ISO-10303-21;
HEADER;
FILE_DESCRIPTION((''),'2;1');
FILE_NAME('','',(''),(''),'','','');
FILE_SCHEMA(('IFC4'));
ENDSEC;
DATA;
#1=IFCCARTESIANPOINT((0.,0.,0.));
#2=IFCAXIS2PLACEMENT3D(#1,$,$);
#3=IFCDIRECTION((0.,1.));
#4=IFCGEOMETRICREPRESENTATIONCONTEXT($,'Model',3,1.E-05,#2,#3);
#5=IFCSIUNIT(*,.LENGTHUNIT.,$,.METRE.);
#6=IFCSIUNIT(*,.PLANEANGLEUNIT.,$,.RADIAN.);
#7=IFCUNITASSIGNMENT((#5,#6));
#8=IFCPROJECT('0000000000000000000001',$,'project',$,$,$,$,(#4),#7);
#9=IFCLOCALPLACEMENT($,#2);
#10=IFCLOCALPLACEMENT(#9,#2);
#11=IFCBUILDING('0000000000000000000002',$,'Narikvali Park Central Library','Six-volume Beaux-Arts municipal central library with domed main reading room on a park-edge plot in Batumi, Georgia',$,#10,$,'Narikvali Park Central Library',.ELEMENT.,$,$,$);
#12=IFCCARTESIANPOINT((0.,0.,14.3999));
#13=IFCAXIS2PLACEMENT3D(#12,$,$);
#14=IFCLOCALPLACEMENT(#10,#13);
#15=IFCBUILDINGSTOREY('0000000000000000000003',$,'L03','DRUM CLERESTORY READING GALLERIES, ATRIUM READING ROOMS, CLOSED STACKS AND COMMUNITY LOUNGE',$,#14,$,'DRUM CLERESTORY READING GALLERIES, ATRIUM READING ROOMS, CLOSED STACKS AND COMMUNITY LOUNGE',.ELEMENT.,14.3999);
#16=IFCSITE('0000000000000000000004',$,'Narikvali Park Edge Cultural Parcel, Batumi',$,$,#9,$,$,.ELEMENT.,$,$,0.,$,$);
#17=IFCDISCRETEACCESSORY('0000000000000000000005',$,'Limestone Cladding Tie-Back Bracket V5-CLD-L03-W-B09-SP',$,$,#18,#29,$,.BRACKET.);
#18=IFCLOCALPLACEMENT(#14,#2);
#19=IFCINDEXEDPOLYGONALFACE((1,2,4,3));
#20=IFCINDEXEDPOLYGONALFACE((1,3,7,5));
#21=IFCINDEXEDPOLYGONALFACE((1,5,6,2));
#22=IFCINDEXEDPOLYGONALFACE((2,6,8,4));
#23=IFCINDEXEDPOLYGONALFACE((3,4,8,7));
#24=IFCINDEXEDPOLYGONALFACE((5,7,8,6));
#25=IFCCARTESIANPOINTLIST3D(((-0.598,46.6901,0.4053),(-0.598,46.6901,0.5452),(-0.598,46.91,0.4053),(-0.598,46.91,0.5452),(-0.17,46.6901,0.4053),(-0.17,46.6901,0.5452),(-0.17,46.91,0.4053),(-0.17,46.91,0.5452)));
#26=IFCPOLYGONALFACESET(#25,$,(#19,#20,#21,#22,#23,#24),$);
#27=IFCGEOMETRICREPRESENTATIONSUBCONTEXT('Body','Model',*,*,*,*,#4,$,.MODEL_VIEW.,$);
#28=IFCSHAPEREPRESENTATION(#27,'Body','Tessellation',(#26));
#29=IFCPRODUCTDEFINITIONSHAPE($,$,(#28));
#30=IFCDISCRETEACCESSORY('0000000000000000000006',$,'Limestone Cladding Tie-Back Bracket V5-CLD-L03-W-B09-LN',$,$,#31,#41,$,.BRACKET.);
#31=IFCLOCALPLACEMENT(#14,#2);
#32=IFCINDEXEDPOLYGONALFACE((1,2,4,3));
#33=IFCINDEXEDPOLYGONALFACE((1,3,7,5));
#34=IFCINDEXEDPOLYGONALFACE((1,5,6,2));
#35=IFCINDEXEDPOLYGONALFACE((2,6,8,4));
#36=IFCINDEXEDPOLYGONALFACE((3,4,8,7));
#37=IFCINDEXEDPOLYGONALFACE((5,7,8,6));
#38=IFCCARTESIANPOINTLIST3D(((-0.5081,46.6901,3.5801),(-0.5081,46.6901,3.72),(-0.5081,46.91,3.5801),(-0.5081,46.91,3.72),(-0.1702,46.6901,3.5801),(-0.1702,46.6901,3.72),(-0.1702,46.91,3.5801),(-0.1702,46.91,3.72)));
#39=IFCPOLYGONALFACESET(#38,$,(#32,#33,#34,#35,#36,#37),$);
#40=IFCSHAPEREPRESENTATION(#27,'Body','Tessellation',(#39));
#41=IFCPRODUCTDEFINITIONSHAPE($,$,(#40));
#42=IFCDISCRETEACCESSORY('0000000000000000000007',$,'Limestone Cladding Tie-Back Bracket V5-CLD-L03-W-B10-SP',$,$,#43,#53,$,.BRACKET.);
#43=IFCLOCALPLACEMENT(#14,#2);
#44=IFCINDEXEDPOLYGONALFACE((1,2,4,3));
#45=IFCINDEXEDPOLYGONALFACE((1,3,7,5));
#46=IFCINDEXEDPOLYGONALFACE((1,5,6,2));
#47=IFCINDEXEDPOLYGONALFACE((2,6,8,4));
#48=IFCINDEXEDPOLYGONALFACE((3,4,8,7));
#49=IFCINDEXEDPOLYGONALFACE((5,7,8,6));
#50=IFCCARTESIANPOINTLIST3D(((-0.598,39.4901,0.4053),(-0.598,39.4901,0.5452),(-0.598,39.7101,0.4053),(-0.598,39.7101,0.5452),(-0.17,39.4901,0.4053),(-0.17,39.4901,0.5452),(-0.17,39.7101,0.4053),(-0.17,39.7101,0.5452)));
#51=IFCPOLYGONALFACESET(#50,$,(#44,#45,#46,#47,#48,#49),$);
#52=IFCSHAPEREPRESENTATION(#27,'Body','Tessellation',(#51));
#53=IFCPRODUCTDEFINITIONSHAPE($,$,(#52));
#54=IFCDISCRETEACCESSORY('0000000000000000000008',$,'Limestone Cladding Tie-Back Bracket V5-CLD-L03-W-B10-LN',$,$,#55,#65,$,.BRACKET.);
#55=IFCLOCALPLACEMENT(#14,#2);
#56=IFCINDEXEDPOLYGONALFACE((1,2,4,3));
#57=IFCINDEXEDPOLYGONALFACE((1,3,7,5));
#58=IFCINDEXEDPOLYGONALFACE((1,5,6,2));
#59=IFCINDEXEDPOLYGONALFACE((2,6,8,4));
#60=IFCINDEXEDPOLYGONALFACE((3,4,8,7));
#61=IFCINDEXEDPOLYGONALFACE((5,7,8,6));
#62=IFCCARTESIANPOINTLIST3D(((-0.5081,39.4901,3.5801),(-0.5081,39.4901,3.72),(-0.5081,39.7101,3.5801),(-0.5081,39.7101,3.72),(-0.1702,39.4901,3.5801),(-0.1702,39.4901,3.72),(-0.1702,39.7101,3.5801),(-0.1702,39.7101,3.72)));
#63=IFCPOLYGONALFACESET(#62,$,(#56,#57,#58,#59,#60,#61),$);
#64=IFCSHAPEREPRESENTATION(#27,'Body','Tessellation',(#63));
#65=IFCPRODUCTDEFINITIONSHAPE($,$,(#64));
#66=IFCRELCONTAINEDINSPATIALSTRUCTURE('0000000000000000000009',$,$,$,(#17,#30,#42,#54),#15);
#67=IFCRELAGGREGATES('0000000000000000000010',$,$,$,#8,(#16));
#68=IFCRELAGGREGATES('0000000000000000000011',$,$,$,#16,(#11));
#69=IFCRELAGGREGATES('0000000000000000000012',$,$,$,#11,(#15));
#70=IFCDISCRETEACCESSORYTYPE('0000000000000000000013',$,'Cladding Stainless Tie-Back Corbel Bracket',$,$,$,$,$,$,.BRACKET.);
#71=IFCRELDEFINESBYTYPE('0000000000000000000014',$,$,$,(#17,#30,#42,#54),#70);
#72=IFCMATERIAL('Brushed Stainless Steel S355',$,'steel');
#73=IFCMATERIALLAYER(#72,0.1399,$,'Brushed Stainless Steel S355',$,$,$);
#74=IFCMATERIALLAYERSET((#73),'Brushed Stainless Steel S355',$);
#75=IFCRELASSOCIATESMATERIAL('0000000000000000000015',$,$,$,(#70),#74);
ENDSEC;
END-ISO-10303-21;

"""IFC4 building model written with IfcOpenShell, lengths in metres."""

from ifc_helpers import new_model, si_unit, direction, frame, origin, origin_2d, place, context, subcontext, project, spatial, rectangle, extrude, material, layer, layer_set, type_object, element, save


model = new_model("IFC4")

# Units and contexts
model_context = context("Model", 3, precision=1e-05, world=origin(), true_north=direction((0.0, 1.0)))
body_context = subcontext(model_context, "Body", "Model", "MODEL_VIEW")
ifc_project = project(units=[si_unit("LENGTHUNIT", "METRE"), si_unit("PLANEANGLEUNIT", "RADIAN")], contexts=[model_context])

# Site, building, storey
site_placement = place(None, origin())
site = spatial("IfcSite", under=ifc_project, at=site_placement, Name="Narikvali Park Edge Cultural Parcel, Batumi", CompositionType="ELEMENT", RefElevation=0.0)
building_placement = place(site_placement, origin())
building = spatial("IfcBuilding", under=site, at=building_placement, Name="Narikvali Park Central Library", Description="Six-volume Beaux-Arts municipal central library with domed main reading room on a park-edge plot in Batumi, Georgia", LongName="Narikvali Park Central Library", CompositionType="ELEMENT")
storey_placement = place(building_placement, frame((0.0, 0.0, 14.3999)))
storey = spatial("IfcBuildingStorey", under=building, at=storey_placement, Name="L03", Description="DRUM CLERESTORY READING GALLERIES, ATRIUM READING ROOMS, CLOSED STACKS AND COMMUNITY LOUNGE", LongName="DRUM CLERESTORY READING GALLERIES, ATRIUM READING ROOMS, CLOSED STACKS AND COMMUNITY LOUNGE", CompositionType="ELEMENT", Elevation=14.3999)

# Discrete accessories
ifc_material_1 = material(Name="Brushed Stainless Steel S355", Category="steel")
ifc_layer_1 = layer(ifc_material_1, 0.1399, Name="Brushed Stainless Steel S355")
ifc_layer_set_1 = layer_set([ifc_layer_1], Name="Brushed Stainless Steel S355")
discrete_accessory_type = type_object("IfcDiscreteAccessoryType", Name="Cladding Stainless Tie-Back Corbel Bracket", PredefinedType="BRACKET", material=ifc_layer_set_1)
discrete_accessory_1_placement = place(storey_placement, frame((-0.384, 46.8, 0.4053), z_axis=(0.0, 0.0, 1.0), x_axis=(1.0, 0.0, 0.0)))
element("IfcDiscreteAccessory", 1, at=discrete_accessory_1_placement, inside=storey, type_object=discrete_accessory_type, Name="Limestone Cladding Tie-Back Bracket V5-CLD-L03-W-B09-SP", PredefinedType="BRACKET", context=body_context, shape_type="SweptSolid", body=[
    extrude(rectangle(XDim=0.428, YDim=0.22, at=origin_2d()), origin(), (0.0, 0.0, 1.0), 0.1399),
])
discrete_accessory_2_placement = place(storey_placement, frame((-0.3391, 46.8, 3.5801), z_axis=(0.0, 0.0, 1.0), x_axis=(1.0, 0.0, 0.0)))
element("IfcDiscreteAccessory", 2, at=discrete_accessory_2_placement, inside=storey, type_object=discrete_accessory_type, Name="Limestone Cladding Tie-Back Bracket V5-CLD-L03-W-B09-LN", PredefinedType="BRACKET", context=body_context, shape_type="SweptSolid", body=[
    extrude(rectangle(XDim=0.3379, YDim=0.22, at=origin_2d()), origin(), (0.0, 0.0, 1.0), 0.1399),
])
discrete_accessory_3_placement = place(storey_placement, frame((-0.384, 39.6001, 0.4053), z_axis=(0.0, 0.0, 1.0), x_axis=(1.0, 0.0, 0.0)))
element("IfcDiscreteAccessory", 3, at=discrete_accessory_3_placement, inside=storey, type_object=discrete_accessory_type, Name="Limestone Cladding Tie-Back Bracket V5-CLD-L03-W-B10-SP", PredefinedType="BRACKET", context=body_context, shape_type="SweptSolid", body=[
    extrude(rectangle(XDim=0.428, YDim=0.22, at=origin_2d()), origin(), (0.0, 0.0, 1.0), 0.1399),
])
discrete_accessory_4_placement = place(storey_placement, frame((-0.3391, 39.6001, 3.5801), z_axis=(0.0, 0.0, 1.0), x_axis=(1.0, 0.0, 0.0)))
element("IfcDiscreteAccessory", 4, at=discrete_accessory_4_placement, inside=storey, type_object=discrete_accessory_type, Name="Limestone Cladding Tie-Back Bracket V5-CLD-L03-W-B10-LN", PredefinedType="BRACKET", context=body_context, shape_type="SweptSolid", body=[
    extrude(rectangle(XDim=0.3379, YDim=0.22, at=origin_2d()), origin(), (0.0, 0.0, 1.0), 0.1399),
])

save(model, "model.ifc")
